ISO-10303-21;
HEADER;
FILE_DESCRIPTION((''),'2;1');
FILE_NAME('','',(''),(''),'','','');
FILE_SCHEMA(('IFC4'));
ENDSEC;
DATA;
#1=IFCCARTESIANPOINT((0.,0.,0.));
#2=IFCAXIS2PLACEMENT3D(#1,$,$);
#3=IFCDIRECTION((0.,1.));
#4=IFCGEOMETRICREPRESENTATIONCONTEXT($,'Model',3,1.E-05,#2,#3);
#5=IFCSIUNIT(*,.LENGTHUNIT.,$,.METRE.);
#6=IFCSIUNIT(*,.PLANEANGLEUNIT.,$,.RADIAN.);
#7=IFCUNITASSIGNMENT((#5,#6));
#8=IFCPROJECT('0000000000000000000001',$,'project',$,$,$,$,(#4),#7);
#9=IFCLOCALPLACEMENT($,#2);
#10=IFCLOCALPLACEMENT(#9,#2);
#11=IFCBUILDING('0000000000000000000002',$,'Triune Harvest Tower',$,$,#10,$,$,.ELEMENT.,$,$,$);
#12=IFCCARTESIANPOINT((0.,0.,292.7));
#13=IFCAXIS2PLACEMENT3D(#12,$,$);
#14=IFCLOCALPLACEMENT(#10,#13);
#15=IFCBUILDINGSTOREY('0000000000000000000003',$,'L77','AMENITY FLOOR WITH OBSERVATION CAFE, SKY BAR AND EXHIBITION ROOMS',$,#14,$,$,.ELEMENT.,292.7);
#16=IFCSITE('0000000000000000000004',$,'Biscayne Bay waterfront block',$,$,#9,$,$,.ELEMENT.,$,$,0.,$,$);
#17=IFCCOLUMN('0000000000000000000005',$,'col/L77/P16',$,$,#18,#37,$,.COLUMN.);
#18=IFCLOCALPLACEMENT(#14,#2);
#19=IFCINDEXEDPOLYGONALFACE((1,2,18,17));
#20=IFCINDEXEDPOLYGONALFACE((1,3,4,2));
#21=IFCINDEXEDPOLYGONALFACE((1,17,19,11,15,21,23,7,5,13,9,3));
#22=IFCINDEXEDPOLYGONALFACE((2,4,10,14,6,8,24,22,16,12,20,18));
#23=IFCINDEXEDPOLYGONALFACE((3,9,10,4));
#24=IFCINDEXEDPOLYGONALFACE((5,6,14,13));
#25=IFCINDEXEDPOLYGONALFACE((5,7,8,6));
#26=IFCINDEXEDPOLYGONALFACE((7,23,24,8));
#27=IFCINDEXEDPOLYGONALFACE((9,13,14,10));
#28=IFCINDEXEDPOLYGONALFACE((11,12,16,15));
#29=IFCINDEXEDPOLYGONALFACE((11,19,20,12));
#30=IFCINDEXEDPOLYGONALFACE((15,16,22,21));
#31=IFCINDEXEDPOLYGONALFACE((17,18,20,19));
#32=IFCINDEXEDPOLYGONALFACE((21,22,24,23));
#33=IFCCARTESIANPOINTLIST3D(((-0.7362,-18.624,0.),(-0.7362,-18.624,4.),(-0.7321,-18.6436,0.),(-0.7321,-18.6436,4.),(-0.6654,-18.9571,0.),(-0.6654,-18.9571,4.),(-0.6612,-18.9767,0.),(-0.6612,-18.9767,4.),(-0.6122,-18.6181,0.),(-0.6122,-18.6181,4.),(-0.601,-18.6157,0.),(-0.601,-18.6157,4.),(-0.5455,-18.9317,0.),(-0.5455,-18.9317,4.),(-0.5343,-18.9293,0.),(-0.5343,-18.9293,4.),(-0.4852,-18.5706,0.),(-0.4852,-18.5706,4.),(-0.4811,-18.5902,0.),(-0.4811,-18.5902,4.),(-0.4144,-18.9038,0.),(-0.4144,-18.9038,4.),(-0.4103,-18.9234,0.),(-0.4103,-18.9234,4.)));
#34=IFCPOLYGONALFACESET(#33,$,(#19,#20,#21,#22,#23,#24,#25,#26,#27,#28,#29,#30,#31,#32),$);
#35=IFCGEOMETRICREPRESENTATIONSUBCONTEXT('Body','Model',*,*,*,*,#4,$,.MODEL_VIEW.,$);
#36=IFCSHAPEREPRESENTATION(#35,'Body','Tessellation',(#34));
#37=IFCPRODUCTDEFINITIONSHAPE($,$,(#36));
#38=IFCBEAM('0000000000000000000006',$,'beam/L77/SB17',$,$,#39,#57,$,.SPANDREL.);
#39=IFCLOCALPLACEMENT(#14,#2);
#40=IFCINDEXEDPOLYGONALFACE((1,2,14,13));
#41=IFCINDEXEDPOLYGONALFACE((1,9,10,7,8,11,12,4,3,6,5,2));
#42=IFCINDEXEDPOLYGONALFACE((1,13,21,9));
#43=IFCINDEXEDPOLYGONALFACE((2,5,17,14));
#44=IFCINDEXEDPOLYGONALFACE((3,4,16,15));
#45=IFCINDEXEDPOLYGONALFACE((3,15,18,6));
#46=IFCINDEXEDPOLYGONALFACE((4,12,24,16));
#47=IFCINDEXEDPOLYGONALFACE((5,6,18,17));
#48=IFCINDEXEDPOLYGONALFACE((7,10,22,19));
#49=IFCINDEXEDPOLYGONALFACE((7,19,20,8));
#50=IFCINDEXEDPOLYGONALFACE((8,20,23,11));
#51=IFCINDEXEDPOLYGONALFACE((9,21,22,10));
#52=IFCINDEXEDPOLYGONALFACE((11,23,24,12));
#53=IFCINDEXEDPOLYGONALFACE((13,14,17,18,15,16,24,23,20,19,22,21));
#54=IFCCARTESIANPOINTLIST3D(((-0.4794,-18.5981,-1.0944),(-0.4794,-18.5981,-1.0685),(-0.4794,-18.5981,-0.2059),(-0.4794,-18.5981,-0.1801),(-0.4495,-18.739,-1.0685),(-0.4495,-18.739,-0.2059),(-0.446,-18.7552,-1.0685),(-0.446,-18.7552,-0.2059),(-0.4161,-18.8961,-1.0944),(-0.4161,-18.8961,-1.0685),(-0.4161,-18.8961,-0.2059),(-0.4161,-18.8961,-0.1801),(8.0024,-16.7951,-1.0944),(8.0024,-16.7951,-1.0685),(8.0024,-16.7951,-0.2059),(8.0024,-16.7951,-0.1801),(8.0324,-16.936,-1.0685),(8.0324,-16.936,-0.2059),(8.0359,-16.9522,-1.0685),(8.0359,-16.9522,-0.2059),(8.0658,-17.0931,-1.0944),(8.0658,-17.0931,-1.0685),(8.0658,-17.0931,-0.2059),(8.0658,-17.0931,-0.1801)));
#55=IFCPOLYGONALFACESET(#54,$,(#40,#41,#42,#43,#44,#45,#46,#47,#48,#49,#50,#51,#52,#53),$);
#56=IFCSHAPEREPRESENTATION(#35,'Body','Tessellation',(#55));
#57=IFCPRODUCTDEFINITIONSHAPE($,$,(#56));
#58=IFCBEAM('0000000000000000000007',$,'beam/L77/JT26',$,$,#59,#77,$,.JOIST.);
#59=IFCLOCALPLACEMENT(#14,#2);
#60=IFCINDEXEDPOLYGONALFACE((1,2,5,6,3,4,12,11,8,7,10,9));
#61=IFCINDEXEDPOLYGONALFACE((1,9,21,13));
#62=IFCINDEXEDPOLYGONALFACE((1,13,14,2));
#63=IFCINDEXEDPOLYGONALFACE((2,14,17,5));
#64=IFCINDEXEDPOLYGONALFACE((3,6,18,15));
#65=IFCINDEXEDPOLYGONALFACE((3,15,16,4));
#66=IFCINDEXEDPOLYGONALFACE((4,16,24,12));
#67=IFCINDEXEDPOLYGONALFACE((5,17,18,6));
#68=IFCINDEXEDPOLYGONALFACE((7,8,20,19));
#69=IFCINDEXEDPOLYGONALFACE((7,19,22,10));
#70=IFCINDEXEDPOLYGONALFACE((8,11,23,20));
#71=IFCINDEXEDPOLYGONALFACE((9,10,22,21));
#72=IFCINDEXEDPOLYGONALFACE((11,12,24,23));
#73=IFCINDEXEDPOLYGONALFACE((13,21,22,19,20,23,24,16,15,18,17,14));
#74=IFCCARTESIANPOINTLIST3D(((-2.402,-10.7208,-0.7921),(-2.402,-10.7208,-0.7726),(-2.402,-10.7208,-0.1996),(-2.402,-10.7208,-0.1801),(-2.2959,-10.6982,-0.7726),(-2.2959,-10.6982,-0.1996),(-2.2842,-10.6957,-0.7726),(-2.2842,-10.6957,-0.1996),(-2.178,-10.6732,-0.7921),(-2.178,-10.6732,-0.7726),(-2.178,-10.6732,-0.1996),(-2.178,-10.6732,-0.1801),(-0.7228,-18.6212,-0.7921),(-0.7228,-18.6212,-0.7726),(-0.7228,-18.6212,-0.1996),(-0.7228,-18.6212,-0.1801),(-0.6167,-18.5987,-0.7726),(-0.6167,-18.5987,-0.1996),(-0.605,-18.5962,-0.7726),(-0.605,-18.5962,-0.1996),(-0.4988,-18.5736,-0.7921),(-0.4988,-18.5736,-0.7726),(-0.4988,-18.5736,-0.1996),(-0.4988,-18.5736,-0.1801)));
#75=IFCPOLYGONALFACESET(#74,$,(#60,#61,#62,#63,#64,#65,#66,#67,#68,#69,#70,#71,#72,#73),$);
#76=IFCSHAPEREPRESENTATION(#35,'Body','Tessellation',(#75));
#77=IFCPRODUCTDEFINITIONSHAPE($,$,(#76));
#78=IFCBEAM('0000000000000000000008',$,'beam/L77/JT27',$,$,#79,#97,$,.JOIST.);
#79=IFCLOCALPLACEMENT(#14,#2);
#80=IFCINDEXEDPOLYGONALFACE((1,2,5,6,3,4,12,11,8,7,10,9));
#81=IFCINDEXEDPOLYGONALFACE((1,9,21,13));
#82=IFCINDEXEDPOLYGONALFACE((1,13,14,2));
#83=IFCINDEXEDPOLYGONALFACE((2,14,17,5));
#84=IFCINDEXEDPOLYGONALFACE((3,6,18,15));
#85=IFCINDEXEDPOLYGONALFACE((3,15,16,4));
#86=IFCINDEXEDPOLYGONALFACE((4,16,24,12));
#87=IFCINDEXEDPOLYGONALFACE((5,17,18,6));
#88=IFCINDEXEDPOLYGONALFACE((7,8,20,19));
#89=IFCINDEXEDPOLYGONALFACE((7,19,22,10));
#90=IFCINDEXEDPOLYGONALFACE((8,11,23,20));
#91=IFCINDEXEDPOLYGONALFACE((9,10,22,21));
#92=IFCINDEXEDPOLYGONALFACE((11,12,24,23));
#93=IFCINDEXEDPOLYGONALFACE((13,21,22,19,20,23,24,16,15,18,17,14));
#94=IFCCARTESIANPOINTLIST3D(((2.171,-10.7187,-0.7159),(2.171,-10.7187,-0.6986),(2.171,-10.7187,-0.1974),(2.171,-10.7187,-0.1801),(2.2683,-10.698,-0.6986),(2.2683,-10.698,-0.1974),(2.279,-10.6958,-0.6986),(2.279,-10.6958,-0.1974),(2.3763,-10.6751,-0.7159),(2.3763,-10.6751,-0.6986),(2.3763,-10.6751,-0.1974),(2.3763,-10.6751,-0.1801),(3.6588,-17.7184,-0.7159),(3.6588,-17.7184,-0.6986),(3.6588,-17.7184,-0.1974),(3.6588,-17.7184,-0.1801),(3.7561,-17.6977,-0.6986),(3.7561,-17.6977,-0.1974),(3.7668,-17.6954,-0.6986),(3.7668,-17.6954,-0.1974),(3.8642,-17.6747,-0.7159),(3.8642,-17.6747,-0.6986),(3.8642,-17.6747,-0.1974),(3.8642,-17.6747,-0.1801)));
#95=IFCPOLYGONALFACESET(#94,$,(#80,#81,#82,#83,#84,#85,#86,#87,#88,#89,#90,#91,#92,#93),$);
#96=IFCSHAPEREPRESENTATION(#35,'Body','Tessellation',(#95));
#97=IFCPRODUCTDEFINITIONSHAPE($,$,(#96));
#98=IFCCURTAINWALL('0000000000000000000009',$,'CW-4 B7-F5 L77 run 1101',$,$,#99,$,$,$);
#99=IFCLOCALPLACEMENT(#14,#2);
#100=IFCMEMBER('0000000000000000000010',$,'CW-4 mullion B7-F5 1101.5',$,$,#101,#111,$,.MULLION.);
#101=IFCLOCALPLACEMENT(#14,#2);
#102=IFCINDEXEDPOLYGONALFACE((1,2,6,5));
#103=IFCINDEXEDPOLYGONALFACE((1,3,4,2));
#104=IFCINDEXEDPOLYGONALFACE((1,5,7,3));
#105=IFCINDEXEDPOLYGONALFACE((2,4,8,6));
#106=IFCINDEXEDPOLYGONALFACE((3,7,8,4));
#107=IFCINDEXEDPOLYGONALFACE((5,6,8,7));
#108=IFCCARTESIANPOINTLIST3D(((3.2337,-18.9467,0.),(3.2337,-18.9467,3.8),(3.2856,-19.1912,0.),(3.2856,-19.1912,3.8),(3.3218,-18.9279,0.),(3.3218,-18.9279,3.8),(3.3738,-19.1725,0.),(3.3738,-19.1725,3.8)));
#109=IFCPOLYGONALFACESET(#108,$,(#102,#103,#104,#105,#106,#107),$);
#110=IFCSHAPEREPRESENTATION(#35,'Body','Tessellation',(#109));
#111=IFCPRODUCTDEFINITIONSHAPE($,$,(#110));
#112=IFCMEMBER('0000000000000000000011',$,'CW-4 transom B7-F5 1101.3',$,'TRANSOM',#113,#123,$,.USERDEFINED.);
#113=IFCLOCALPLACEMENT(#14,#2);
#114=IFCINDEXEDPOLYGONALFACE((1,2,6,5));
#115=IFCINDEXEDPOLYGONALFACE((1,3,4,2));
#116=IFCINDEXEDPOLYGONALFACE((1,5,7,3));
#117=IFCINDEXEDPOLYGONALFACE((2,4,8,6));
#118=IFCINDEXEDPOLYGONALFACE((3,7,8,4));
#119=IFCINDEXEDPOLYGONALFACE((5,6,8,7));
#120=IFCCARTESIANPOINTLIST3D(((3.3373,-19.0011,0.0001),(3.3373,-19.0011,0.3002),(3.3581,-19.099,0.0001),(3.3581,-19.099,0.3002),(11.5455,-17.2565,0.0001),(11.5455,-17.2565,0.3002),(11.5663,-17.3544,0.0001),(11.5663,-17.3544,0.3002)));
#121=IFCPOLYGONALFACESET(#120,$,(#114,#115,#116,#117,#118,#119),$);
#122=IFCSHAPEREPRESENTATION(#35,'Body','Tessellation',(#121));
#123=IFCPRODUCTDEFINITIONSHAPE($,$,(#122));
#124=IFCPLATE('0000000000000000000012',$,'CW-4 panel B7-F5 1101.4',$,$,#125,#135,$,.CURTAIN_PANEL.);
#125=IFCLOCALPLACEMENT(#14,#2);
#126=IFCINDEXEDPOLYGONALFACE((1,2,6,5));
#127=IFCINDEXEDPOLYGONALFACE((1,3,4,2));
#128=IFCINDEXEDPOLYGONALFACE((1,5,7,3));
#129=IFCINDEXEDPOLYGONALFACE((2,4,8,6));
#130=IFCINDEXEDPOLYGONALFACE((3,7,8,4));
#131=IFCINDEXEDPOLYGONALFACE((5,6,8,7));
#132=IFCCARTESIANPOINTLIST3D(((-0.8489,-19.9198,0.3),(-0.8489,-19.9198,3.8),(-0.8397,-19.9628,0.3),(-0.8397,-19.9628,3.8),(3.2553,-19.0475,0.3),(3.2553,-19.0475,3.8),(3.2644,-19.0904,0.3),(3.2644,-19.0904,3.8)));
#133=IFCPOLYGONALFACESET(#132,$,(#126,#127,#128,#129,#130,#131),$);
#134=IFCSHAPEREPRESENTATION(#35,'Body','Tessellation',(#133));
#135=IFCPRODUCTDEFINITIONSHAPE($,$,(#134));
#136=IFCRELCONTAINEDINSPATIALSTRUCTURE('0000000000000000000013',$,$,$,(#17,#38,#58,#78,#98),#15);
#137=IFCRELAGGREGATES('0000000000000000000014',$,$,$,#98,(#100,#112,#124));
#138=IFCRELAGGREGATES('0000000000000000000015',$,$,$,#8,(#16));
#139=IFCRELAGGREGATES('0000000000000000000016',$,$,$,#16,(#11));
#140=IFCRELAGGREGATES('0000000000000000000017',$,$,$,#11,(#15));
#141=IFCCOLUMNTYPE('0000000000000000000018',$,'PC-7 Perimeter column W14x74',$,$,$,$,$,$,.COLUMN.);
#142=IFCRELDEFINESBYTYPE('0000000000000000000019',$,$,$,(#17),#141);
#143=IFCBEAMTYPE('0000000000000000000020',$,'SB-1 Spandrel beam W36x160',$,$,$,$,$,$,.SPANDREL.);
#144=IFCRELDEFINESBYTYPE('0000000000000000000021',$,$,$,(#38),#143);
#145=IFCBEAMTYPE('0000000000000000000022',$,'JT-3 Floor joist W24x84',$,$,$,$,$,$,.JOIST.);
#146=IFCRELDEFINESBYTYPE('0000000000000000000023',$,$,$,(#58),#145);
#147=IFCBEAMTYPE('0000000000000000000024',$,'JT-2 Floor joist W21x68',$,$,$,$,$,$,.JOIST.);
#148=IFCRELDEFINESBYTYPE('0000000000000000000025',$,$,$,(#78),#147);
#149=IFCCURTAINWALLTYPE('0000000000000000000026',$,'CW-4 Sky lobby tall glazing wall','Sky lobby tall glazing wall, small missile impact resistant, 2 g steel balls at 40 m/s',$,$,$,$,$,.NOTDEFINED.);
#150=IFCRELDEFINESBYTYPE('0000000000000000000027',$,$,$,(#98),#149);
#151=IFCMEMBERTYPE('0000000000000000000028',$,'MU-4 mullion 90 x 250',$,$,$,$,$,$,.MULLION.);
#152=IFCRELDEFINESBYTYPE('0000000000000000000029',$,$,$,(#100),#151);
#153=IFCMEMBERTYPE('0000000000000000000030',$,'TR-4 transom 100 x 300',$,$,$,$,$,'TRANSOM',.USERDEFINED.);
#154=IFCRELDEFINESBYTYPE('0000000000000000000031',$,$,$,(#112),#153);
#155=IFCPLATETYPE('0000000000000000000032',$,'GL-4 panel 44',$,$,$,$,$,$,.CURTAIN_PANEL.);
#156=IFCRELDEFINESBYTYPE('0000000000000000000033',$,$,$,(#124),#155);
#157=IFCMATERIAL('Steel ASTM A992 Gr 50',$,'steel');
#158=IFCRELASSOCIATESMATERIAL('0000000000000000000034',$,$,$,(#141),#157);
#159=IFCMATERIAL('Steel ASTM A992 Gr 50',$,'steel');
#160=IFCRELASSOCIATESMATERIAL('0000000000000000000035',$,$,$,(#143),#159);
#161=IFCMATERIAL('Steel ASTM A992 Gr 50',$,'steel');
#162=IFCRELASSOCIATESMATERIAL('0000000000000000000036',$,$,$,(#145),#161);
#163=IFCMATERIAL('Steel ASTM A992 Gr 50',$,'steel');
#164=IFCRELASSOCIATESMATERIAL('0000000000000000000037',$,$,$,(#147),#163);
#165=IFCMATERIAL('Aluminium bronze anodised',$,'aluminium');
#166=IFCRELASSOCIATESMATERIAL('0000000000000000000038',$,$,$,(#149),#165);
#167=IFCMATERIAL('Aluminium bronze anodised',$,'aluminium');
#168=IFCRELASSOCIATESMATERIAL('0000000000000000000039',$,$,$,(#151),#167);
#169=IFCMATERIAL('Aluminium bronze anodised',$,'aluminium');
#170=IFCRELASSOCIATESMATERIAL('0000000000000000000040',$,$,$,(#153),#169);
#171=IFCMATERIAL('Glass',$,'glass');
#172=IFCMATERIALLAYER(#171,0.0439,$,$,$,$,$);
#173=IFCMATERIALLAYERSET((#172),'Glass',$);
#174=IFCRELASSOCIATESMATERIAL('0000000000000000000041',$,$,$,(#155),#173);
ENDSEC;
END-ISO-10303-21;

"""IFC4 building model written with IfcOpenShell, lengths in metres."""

from ifc_helpers import new_model, si_unit, direction, frame, origin, origin_2d, place, context, subcontext, project, spatial, rectangle, i_section, extrude, source, transform, mapped, material, layer, layer_set, material_profile, profile_set, type_object, element, aggregate, save


model = new_model("IFC4")

# Units and contexts
model_context = context("Model", 3, precision=1e-05, world=origin(), true_north=direction((0.0, 1.0)))
body_context = subcontext(model_context, "Body", "Model", "MODEL_VIEW")
ifc_project = project(units=[si_unit("LENGTHUNIT", "METRE"), si_unit("PLANEANGLEUNIT", "RADIAN")], contexts=[model_context])

# Site, building, storey
site_placement = place(None, origin())
site = spatial("IfcSite", under=ifc_project, at=site_placement, Name="Biscayne Bay waterfront block", CompositionType="ELEMENT", RefElevation=0.0)
building_placement = place(site_placement, origin())
building = spatial("IfcBuilding", under=site, at=building_placement, Name="Triune Harvest Tower", CompositionType="ELEMENT")
storey_placement = place(building_placement, frame((0.0, 0.0, 292.7)))
storey = spatial("IfcBuildingStorey", under=building, at=storey_placement, Name="L77", Description="AMENITY FLOOR WITH OBSERVATION CAFE, SKY BAR AND EXHIBITION ROOMS", CompositionType="ELEMENT", Elevation=292.7)

# Column
ifc_material_1 = material(Name="Steel ASTM A992 Gr 50", Category="steel")
ifc_material_profile_1 = material_profile(ifc_material_1, i_section(OverallWidth=0.2566, OverallDepth=0.3606, WebThickness=0.0115, FlangeThickness=0.02, at=origin_2d()), Name="W14x74")
ifc_profile_set_1 = profile_set([ifc_material_profile_1], Name="Steel ASTM A992 Gr 50")
column_type = type_object("IfcColumnType", Name="PC-7 Perimeter column W14x74", PredefinedType="COLUMN", material=ifc_profile_set_1)
shared_shape_1 = source(origin(), body_context, "Body", "SweptSolid", [
    extrude(i_section(OverallWidth=0.2566, OverallDepth=0.3606, WebThickness=0.0115, FlangeThickness=0.02, at=origin_2d()), origin(), (0.0, 0.0, 1.0), 4.0),
])
column_placement = place(storey_placement, frame((-0.5732, -18.7737, 0.0), z_axis=(0.0, 0.0, 1.0), x_axis=(0.978147, 0.207913, 0.0)))
element("IfcColumn", 1, at=column_placement, inside=storey, type_object=column_type, Name="col/L77/P16", PredefinedType="COLUMN", context=body_context, shape_type="MappedRepresentation", body=[
    mapped(shared_shape_1, transform((0.0, 0.0, 0.0), scale=1.0)),
])

# Beams
ifc_material_2 = material(Name="Steel ASTM A992 Gr 50", Category="steel")
ifc_material_profile_2 = material_profile(ifc_material_2, i_section(OverallWidth=0.3047, OverallDepth=0.9143, WebThickness=0.0166, FlangeThickness=0.0259, at=origin_2d()), Name="W36x160")
ifc_profile_set_2 = profile_set([ifc_material_profile_2], Name="Steel ASTM A992 Gr 50")
beam_type_1 = type_object("IfcBeamType", Name="SB-1 Spandrel beam W36x160", PredefinedType="SPANDREL", material=ifc_profile_set_2)
shared_shape_2 = source(origin(), body_context, "Body", "SweptSolid", [
    extrude(i_section(OverallWidth=0.3047, OverallDepth=0.9143, WebThickness=0.0166, FlangeThickness=0.0259, at=origin_2d()), origin(), (0.0, 0.0, 1.0), 8.6714),
])
beam_1_placement = place(storey_placement, frame((-0.4478, -18.7471, -0.6372), z_axis=(0.978146, 0.207921, 0.0), x_axis=(-0.207921, 0.978146, 0.0)))
element("IfcBeam", 2, at=beam_1_placement, inside=storey, type_object=beam_type_1, Name="beam/L77/SB17", PredefinedType="SPANDREL", context=body_context, shape_type="MappedRepresentation", body=[
    mapped(shared_shape_2, transform((0.0, 0.0, 0.0), scale=1.0)),
])
ifc_material_3 = material(Name="Steel ASTM A992 Gr 50", Category="steel")
ifc_material_profile_3 = material_profile(ifc_material_3, i_section(OverallWidth=0.229, OverallDepth=0.6121, WebThickness=0.012, FlangeThickness=0.0195, at=origin_2d()), Name="W24x84")
ifc_profile_set_3 = profile_set([ifc_material_profile_3], Name="Steel ASTM A992 Gr 50")
beam_type_2 = type_object("IfcBeamType", Name="JT-3 Floor joist W24x84", PredefinedType="JOIST", material=ifc_profile_set_3)
shared_shape_3 = source(origin(), body_context, "Body", "SweptSolid", [
    extrude(i_section(OverallWidth=0.229, OverallDepth=0.6121, WebThickness=0.012, FlangeThickness=0.0195, at=origin_2d()), origin(), (0.0, 0.0, 1.0), 8.0769),
])
beam_2_placement = place(storey_placement, frame((-0.6108, -18.5974, -0.4861), z_axis=(-0.207902, 0.97815, 0.0), x_axis=(-0.97815, -0.207902, 0.0)))
element("IfcBeam", 3, at=beam_2_placement, inside=storey, type_object=beam_type_2, Name="beam/L77/JT26", PredefinedType="JOIST", context=body_context, shape_type="MappedRepresentation", body=[
    mapped(shared_shape_3, transform((0.0, 0.0, 0.0), scale=1.0)),
])
ifc_material_4 = material(Name="Steel ASTM A992 Gr 50", Category="steel")
ifc_material_profile_4 = material_profile(ifc_material_4, i_section(OverallWidth=0.21, OverallDepth=0.5359, WebThickness=0.011, FlangeThickness=0.0173, at=origin_2d()), Name="W21x68")
ifc_profile_set_4 = profile_set([ifc_material_profile_4], Name="Steel ASTM A992 Gr 50")
beam_type_3 = type_object("IfcBeamType", Name="JT-2 Floor joist W21x68", PredefinedType="JOIST", material=ifc_profile_set_4)
shared_shape_4 = source(origin(), body_context, "Body", "SweptSolid", [
    extrude(i_section(OverallWidth=0.21, OverallDepth=0.5359, WebThickness=0.011, FlangeThickness=0.0173, at=origin_2d()), origin(), (0.0, 0.0, 1.0), 7.156),
])
beam_3_placement = place(storey_placement, frame((3.7615, -17.6965, -0.448), z_axis=(-0.207912, 0.978148, 0.0), x_axis=(-0.978148, -0.207912, 0.0)))
element("IfcBeam", 4, at=beam_3_placement, inside=storey, type_object=beam_type_3, Name="beam/L77/JT27", PredefinedType="JOIST", context=body_context, shape_type="MappedRepresentation", body=[
    mapped(shared_shape_4, transform((0.0, 0.0, 0.0), scale=1.0)),
])

# Curtain wall, members, plate
ifc_material_5 = material(Name="Aluminium bronze anodised", Category="aluminium")
curtain_wall_type = type_object("IfcCurtainWallType", Name="CW-4 Sky lobby tall glazing wall", Description="Sky lobby tall glazing wall, small missile impact resistant, 2 g steel balls at 40 m/s", PredefinedType="NOTDEFINED", material=ifc_material_5)
curtain_wall_placement = place(storey_placement, origin())
curtain_wall = element("IfcCurtainWall", 5, at=curtain_wall_placement, inside=storey, type_object=curtain_wall_type, Name="CW-4 B7-F5 L77 run 1101")
ifc_material_6 = material(Name="Aluminium bronze anodised", Category="aluminium")
ifc_material_profile_5 = material_profile(ifc_material_6, rectangle(XDim=0.25, YDim=0.0901, at=origin_2d()), Name="MU-4 mullion 90 x 250")
ifc_profile_set_5 = profile_set([ifc_material_profile_5], Name="Aluminium bronze anodised")
member_type_1 = type_object("IfcMemberType", Name="MU-4 mullion 90 x 250", PredefinedType="MULLION", material=ifc_profile_set_5)
shared_shape_5 = source(origin(), body_context, "Body", "SweptSolid", [
    extrude(rectangle(XDim=0.25, YDim=0.0901, at=origin_2d()), origin(), (0.0, 0.0, 1.0), 3.8),
])
member_1_placement = place(storey_placement, frame((3.3037, -19.0596, 0.0), z_axis=(0.0, 0.0, 1.0), x_axis=(-0.20791, 0.978148, 0.0)))
member_1 = element("IfcMember", 6, at=member_1_placement, type_object=member_type_1, Name="CW-4 mullion B7-F5 1101.5", PredefinedType="MULLION", context=body_context, shape_type="MappedRepresentation", body=[
    mapped(shared_shape_5, transform((0.0, 0.0, 0.0), scale=1.0)),
])
ifc_material_7 = material(Name="Aluminium bronze anodised", Category="aluminium")
ifc_material_profile_6 = material_profile(ifc_material_7, rectangle(XDim=0.1001, YDim=0.3, at=origin_2d()), Name="TR-4 transom 100 x 300")
ifc_profile_set_6 = profile_set([ifc_material_profile_6], Name="Aluminium bronze anodised")
member_type_2 = type_object("IfcMemberType", Name="TR-4 transom 100 x 300", ElementType="TRANSOM", PredefinedType="USERDEFINED", material=ifc_profile_set_6)
shared_shape_6 = source(origin(), body_context, "Body", "SweptSolid", [
    extrude(rectangle(XDim=0.1001, YDim=0.3, at=origin_2d()), origin(), (0.0, 0.0, 1.0), 8.3916),
])
member_2_placement = place(storey_placement, frame((3.3477, -19.05, 0.1501), z_axis=(0.97815, 0.207902, 0.0), x_axis=(-0.207902, 0.97815, 0.0)))
member_2 = element("IfcMember", 7, at=member_2_placement, type_object=member_type_2, Name="CW-4 transom B7-F5 1101.3", ObjectType="TRANSOM", PredefinedType="USERDEFINED", context=body_context, shape_type="MappedRepresentation", body=[
    mapped(shared_shape_6, transform((0.0, 0.0, 0.0), scale=1.0)),
])
ifc_material_8 = material(Name="Glass", Category="glass")
ifc_layer_1 = layer(ifc_material_8, 0.0439)
ifc_layer_set_1 = layer_set([ifc_layer_1], Name="Glass")
plate_type = type_object("IfcPlateType", Name="GL-4 panel 44", PredefinedType="CURTAIN_PANEL", material=ifc_layer_set_1)
shared_shape_7 = source(origin(), body_context, "Body", "SweptSolid", [
    extrude(rectangle(XDim=4.1958, YDim=0.0439, at=origin_2d()), origin(), (0.0, 0.0, 1.0), 3.5),
])
plate_placement = place(storey_placement, frame((1.2078, -19.5051, 0.3), z_axis=(0.0, 0.0, 1.0), x_axis=(0.978148, 0.20791, 0.0)))
plate = element("IfcPlate", 8, at=plate_placement, type_object=plate_type, Name="CW-4 panel B7-F5 1101.4", PredefinedType="CURTAIN_PANEL", context=body_context, shape_type="MappedRepresentation", body=[
    mapped(shared_shape_7, transform((0.0, 0.0, 0.0), scale=1.0)),
])
aggregate(curtain_wall, [member_1, member_2, plate])

save(model, "model.ifc")
